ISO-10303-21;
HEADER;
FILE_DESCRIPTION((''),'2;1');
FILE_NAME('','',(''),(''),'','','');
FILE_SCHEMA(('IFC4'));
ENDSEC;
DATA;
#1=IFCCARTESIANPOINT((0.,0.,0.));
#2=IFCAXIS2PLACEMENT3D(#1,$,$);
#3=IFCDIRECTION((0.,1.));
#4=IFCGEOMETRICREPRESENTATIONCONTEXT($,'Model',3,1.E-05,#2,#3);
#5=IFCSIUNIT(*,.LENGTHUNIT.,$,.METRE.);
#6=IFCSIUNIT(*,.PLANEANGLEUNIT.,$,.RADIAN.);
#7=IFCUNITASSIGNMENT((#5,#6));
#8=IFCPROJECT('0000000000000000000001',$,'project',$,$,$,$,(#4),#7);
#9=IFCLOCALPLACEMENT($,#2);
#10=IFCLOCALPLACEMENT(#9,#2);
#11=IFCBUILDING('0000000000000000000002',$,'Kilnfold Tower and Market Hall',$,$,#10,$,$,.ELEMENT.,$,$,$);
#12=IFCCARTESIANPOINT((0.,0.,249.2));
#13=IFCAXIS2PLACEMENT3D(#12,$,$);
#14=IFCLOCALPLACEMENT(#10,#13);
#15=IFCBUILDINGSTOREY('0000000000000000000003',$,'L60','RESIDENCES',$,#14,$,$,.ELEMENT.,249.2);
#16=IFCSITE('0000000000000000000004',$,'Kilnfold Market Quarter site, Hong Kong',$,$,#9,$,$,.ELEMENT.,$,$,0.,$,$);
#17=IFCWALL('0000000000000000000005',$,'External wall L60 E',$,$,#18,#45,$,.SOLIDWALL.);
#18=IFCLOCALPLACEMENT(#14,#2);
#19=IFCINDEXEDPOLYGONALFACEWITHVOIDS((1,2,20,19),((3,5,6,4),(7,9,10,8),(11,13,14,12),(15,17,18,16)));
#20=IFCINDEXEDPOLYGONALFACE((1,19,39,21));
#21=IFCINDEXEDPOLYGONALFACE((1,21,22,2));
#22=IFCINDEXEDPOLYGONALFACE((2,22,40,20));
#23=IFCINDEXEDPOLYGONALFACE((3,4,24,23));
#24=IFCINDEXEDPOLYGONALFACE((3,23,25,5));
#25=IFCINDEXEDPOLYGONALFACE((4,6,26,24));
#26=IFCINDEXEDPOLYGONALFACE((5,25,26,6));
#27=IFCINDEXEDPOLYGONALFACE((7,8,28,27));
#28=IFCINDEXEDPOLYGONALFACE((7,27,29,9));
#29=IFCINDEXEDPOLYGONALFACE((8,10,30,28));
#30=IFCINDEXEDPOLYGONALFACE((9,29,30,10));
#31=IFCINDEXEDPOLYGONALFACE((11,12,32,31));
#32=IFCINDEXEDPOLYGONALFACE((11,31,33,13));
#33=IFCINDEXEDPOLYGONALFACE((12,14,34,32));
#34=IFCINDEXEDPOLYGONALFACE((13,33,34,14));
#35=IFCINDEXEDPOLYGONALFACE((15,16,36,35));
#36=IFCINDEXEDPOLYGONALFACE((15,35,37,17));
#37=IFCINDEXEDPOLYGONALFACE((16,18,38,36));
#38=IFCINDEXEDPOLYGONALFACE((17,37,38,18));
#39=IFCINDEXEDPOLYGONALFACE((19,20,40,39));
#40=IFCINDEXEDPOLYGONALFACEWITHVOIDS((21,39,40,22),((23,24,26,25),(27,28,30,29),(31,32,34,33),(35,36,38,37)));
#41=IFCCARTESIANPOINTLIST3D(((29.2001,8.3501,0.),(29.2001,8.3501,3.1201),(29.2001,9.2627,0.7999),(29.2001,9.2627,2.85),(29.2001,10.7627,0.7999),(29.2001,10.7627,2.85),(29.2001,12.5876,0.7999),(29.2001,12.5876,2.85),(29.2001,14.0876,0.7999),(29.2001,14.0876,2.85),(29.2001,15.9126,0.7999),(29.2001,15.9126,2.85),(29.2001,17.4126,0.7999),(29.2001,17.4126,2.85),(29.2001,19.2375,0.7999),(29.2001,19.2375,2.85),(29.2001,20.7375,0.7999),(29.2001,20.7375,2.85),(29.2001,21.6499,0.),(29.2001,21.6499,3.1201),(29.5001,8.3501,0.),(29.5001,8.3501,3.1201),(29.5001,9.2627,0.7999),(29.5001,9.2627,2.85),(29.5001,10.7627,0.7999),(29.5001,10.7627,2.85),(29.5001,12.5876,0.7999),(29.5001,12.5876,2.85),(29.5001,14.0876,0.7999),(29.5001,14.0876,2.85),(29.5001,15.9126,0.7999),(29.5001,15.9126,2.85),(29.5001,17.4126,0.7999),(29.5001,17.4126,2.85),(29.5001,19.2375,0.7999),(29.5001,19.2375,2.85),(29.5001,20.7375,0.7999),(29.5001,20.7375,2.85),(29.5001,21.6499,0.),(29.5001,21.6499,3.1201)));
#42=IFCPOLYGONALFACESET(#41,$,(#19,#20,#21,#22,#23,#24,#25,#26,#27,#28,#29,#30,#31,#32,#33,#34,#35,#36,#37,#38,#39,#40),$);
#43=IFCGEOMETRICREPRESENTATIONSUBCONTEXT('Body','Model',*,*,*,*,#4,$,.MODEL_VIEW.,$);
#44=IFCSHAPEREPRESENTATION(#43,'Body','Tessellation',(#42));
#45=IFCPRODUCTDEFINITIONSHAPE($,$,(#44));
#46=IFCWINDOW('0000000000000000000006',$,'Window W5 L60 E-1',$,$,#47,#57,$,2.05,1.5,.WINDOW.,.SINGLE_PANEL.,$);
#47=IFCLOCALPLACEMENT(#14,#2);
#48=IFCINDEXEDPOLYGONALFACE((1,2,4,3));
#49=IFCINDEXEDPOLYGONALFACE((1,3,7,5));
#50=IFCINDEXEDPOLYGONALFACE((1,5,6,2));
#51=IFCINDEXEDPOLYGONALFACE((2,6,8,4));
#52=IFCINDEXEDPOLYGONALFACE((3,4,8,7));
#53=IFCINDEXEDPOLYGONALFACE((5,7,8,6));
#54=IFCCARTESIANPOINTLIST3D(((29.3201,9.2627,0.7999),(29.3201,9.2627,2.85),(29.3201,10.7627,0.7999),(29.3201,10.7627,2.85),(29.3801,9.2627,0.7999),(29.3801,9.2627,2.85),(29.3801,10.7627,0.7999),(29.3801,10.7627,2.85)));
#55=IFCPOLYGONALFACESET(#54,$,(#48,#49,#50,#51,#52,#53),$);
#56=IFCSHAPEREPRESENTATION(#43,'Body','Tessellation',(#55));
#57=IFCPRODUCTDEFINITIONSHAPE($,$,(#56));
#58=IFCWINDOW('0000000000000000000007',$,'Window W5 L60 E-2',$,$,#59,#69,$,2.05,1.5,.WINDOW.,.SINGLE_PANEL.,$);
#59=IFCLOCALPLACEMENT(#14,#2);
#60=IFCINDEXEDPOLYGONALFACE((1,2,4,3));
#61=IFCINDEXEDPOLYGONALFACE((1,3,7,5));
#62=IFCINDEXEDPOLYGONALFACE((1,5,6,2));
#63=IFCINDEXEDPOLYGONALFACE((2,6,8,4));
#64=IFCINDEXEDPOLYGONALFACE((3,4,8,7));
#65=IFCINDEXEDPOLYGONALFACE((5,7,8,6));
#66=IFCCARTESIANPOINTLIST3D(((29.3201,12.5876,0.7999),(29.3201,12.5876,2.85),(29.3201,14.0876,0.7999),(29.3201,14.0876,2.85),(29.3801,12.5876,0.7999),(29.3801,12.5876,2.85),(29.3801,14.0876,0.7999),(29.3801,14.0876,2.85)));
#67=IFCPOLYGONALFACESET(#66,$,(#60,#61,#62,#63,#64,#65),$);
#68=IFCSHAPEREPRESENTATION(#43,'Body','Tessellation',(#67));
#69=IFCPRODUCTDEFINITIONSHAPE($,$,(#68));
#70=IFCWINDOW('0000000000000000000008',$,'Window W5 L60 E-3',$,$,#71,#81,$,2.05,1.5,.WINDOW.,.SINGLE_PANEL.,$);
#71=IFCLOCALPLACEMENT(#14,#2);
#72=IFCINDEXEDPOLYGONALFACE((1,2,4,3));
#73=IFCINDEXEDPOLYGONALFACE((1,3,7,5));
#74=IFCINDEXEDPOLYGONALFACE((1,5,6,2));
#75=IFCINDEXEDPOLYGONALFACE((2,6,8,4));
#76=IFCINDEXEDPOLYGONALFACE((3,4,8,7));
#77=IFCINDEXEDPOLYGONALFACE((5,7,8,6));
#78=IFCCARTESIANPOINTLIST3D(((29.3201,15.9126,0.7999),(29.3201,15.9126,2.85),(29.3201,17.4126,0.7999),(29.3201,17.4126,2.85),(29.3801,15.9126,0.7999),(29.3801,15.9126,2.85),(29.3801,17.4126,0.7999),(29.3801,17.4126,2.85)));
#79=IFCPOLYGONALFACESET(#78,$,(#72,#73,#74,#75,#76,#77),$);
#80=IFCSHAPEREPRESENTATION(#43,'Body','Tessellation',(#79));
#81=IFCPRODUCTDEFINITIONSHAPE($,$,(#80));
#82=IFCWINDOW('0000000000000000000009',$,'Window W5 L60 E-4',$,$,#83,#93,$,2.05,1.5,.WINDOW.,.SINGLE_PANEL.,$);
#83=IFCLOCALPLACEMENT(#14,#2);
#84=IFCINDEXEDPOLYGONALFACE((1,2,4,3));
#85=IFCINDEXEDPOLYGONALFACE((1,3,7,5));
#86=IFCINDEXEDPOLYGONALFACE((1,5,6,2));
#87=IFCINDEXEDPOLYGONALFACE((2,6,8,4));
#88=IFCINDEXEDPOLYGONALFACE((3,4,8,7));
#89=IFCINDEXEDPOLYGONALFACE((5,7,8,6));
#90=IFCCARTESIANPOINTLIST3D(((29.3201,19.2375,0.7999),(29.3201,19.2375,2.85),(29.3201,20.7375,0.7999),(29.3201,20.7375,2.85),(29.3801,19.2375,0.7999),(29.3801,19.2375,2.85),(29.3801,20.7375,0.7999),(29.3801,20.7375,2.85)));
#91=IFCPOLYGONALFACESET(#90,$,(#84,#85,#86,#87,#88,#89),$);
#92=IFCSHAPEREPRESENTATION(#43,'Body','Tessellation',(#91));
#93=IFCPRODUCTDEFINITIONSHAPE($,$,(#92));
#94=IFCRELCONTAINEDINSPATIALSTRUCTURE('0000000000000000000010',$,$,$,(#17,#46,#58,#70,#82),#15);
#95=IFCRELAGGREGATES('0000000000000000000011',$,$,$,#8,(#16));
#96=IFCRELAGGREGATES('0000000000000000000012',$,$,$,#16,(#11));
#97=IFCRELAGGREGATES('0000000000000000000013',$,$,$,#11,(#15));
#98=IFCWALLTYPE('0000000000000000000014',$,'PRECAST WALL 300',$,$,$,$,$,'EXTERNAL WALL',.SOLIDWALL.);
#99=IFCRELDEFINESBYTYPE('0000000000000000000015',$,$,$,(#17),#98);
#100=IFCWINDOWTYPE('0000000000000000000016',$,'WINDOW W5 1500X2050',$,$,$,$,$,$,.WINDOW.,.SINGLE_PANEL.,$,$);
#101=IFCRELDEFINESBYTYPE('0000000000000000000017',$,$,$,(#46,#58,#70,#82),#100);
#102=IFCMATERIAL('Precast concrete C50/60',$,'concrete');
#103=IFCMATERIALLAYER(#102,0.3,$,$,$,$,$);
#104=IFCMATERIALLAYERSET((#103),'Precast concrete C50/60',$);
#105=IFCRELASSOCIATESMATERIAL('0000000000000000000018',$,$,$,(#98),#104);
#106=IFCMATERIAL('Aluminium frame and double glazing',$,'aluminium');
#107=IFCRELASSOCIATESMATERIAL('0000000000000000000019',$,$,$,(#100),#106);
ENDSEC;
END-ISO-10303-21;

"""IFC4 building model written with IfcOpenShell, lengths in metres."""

from ifc_helpers import new_model, si_unit, direction, frame, frame_2d, origin, place, context, subcontext, project, spatial, rectangle, extrude, source, transform, mapped, material, layer, layer_set, type_object, element, fill, save


model = new_model("IFC4")

# Units and contexts
model_context = context("Model", 3, precision=1e-05, world=origin(), true_north=direction((0.0, 1.0)))
body_context = subcontext(model_context, "Body", "Model", "MODEL_VIEW")
ifc_project = project(units=[si_unit("LENGTHUNIT", "METRE"), si_unit("PLANEANGLEUNIT", "RADIAN")], contexts=[model_context])

# Site, building, storey
site_placement = place(None, origin())
site = spatial("IfcSite", under=ifc_project, at=site_placement, Name="Kilnfold Market Quarter site, Hong Kong", CompositionType="ELEMENT", RefElevation=0.0)
building_placement = place(site_placement, origin())
building = spatial("IfcBuilding", under=site, at=building_placement, Name="Kilnfold Tower and Market Hall", CompositionType="ELEMENT")
storey_placement = place(building_placement, frame((0.0, 0.0, 249.2)))
storey = spatial("IfcBuildingStorey", under=building, at=storey_placement, Name="L60", Description="RESIDENCES", CompositionType="ELEMENT", Elevation=249.2)

# Wall, openings, windows
ifc_material_1 = material(Name="Precast concrete C50/60", Category="concrete")
ifc_layer_1 = layer(ifc_material_1, 0.3)
ifc_layer_set_1 = layer_set([ifc_layer_1], Name="Precast concrete C50/60")
wall_type_1 = type_object("IfcWallType", Name="PRECAST WALL 300", ElementType="EXTERNAL WALL", PredefinedType="SOLIDWALL", material=ifc_layer_set_1)
shared_shape_1 = source(origin(), body_context, "Body", "SweptSolid", [
    extrude(rectangle(XDim=13.2998, YDim=0.3, at=frame_2d((6.6499, 0.0))), origin(), (0.0, 0.0, 1.0), 3.1201),
])
wall_1_placement = place(storey_placement, frame((29.3501, 8.3501, 0.0), z_axis=(0.0, 0.0, 1.0), x_axis=(0.0, 1.0, 0.0)))
wall_1 = element("IfcWall", 1, at=wall_1_placement, inside=storey, type_object=wall_type_1, Name="External wall L60 E", PredefinedType="SOLIDWALL", context=body_context, shape_type="MappedRepresentation", body=[
    mapped(shared_shape_1, transform((0.0, 0.0, 0.0))),
])
opening_1_placement = place(wall_1_placement, frame((0.9126, 0.0, 0.8)))
opening_1 = element("IfcOpeningElement", 2, at=opening_1_placement, cuts=wall_1, PredefinedType="OPENING", context=body_context, shape_type="SweptSolid", body=[
    extrude(rectangle(XDim=1.5, YDim=2.05, at=frame_2d((0.75, 1.0249))), frame((0.0, 0.1602, 0.0), z_axis=(0.0, -1.0, 0.0), x_axis=(1.0, 0.0, 0.0)), (0.0, 0.0, 1.0), 0.3201),
])
opening_2_placement = place(wall_1_placement, frame((4.2375, 0.0, 0.8)))
opening_2 = element("IfcOpeningElement", 3, at=opening_2_placement, cuts=wall_1, PredefinedType="OPENING", context=body_context, shape_type="SweptSolid", body=[
    extrude(rectangle(XDim=1.5, YDim=2.05, at=frame_2d((0.75, 1.0249))), frame((0.0, 0.1602, 0.0), z_axis=(0.0, -1.0, 0.0), x_axis=(1.0, 0.0, 0.0)), (0.0, 0.0, 1.0), 0.3201),
])
opening_3_placement = place(wall_1_placement, frame((7.5625, 0.0, 0.8)))
opening_3 = element("IfcOpeningElement", 4, at=opening_3_placement, cuts=wall_1, PredefinedType="OPENING", context=body_context, shape_type="SweptSolid", body=[
    extrude(rectangle(XDim=1.5, YDim=2.05, at=frame_2d((0.75, 1.0249))), frame((0.0, 0.1602, 0.0), z_axis=(0.0, -1.0, 0.0), x_axis=(1.0, 0.0, 0.0)), (0.0, 0.0, 1.0), 0.3201),
])
opening_4_placement = place(wall_1_placement, frame((10.8875, 0.0, 0.8)))
opening_4 = element("IfcOpeningElement", 5, at=opening_4_placement, cuts=wall_1, PredefinedType="OPENING", context=body_context, shape_type="SweptSolid", body=[
    extrude(rectangle(XDim=1.5, YDim=2.05, at=frame_2d((0.75, 1.0249))), frame((0.0, 0.1602, 0.0), z_axis=(0.0, -1.0, 0.0), x_axis=(1.0, 0.0, 0.0)), (0.0, 0.0, 1.0), 0.3201),
])
ifc_material_2 = material(Name="Aluminium frame and double glazing", Category="aluminium")
window_type = type_object("IfcWindowType", Name="WINDOW W5 1500X2050", PartitioningType="SINGLE_PANEL", PredefinedType="WINDOW", material=ifc_material_2)
window_1_placement = place(opening_1_placement, origin())
window_1 = element("IfcWindow", 6, at=window_1_placement, inside=storey, type_object=window_type, Name="Window W5 L60 E-1", OverallHeight=2.05, OverallWidth=1.5, PartitioningType="SINGLE_PANEL", PredefinedType="WINDOW", context=body_context, shape_type="SweptSolid", body=[
    extrude(rectangle(XDim=1.5, YDim=2.05, at=frame_2d((0.75, 1.0249))), frame((0.0, 0.03, 0.0), z_axis=(0.0, -1.0, 0.0), x_axis=(1.0, 0.0, 0.0)), (0.0, 0.0, 1.0), 0.0601),
])
fill(opening_1, window_1)
window_2_placement = place(opening_2_placement, origin())
window_2 = element("IfcWindow", 7, at=window_2_placement, inside=storey, type_object=window_type, Name="Window W5 L60 E-2", OverallHeight=2.05, OverallWidth=1.5, PartitioningType="SINGLE_PANEL", PredefinedType="WINDOW", context=body_context, shape_type="SweptSolid", body=[
    extrude(rectangle(XDim=1.5, YDim=2.05, at=frame_2d((0.75, 1.0249))), frame((0.0, 0.03, 0.0), z_axis=(0.0, -1.0, 0.0), x_axis=(1.0, 0.0, 0.0)), (0.0, 0.0, 1.0), 0.0601),
])
fill(opening_2, window_2)
window_3_placement = place(opening_3_placement, origin())
window_3 = element("IfcWindow", 8, at=window_3_placement, inside=storey, type_object=window_type, Name="Window W5 L60 E-3", OverallHeight=2.05, OverallWidth=1.5, PartitioningType="SINGLE_PANEL", PredefinedType="WINDOW", context=body_context, shape_type="SweptSolid", body=[
    extrude(rectangle(XDim=1.5, YDim=2.05, at=frame_2d((0.75, 1.0249))), frame((0.0, 0.03, 0.0), z_axis=(0.0, -1.0, 0.0), x_axis=(1.0, 0.0, 0.0)), (0.0, 0.0, 1.0), 0.0601),
])
fill(opening_3, window_3)
window_4_placement = place(opening_4_placement, origin())
window_4 = element("IfcWindow", 9, at=window_4_placement, inside=storey, type_object=window_type, Name="Window W5 L60 E-4", OverallHeight=2.05, OverallWidth=1.5, PartitioningType="SINGLE_PANEL", PredefinedType="WINDOW", context=body_context, shape_type="SweptSolid", body=[
    extrude(rectangle(XDim=1.5, YDim=2.05, at=frame_2d((0.75, 1.0249))), frame((0.0, 0.03, 0.0), z_axis=(0.0, -1.0, 0.0), x_axis=(1.0, 0.0, 0.0)), (0.0, 0.0, 1.0), 0.0601),
])
fill(opening_4, window_4)

save(model, "model.ifc")
